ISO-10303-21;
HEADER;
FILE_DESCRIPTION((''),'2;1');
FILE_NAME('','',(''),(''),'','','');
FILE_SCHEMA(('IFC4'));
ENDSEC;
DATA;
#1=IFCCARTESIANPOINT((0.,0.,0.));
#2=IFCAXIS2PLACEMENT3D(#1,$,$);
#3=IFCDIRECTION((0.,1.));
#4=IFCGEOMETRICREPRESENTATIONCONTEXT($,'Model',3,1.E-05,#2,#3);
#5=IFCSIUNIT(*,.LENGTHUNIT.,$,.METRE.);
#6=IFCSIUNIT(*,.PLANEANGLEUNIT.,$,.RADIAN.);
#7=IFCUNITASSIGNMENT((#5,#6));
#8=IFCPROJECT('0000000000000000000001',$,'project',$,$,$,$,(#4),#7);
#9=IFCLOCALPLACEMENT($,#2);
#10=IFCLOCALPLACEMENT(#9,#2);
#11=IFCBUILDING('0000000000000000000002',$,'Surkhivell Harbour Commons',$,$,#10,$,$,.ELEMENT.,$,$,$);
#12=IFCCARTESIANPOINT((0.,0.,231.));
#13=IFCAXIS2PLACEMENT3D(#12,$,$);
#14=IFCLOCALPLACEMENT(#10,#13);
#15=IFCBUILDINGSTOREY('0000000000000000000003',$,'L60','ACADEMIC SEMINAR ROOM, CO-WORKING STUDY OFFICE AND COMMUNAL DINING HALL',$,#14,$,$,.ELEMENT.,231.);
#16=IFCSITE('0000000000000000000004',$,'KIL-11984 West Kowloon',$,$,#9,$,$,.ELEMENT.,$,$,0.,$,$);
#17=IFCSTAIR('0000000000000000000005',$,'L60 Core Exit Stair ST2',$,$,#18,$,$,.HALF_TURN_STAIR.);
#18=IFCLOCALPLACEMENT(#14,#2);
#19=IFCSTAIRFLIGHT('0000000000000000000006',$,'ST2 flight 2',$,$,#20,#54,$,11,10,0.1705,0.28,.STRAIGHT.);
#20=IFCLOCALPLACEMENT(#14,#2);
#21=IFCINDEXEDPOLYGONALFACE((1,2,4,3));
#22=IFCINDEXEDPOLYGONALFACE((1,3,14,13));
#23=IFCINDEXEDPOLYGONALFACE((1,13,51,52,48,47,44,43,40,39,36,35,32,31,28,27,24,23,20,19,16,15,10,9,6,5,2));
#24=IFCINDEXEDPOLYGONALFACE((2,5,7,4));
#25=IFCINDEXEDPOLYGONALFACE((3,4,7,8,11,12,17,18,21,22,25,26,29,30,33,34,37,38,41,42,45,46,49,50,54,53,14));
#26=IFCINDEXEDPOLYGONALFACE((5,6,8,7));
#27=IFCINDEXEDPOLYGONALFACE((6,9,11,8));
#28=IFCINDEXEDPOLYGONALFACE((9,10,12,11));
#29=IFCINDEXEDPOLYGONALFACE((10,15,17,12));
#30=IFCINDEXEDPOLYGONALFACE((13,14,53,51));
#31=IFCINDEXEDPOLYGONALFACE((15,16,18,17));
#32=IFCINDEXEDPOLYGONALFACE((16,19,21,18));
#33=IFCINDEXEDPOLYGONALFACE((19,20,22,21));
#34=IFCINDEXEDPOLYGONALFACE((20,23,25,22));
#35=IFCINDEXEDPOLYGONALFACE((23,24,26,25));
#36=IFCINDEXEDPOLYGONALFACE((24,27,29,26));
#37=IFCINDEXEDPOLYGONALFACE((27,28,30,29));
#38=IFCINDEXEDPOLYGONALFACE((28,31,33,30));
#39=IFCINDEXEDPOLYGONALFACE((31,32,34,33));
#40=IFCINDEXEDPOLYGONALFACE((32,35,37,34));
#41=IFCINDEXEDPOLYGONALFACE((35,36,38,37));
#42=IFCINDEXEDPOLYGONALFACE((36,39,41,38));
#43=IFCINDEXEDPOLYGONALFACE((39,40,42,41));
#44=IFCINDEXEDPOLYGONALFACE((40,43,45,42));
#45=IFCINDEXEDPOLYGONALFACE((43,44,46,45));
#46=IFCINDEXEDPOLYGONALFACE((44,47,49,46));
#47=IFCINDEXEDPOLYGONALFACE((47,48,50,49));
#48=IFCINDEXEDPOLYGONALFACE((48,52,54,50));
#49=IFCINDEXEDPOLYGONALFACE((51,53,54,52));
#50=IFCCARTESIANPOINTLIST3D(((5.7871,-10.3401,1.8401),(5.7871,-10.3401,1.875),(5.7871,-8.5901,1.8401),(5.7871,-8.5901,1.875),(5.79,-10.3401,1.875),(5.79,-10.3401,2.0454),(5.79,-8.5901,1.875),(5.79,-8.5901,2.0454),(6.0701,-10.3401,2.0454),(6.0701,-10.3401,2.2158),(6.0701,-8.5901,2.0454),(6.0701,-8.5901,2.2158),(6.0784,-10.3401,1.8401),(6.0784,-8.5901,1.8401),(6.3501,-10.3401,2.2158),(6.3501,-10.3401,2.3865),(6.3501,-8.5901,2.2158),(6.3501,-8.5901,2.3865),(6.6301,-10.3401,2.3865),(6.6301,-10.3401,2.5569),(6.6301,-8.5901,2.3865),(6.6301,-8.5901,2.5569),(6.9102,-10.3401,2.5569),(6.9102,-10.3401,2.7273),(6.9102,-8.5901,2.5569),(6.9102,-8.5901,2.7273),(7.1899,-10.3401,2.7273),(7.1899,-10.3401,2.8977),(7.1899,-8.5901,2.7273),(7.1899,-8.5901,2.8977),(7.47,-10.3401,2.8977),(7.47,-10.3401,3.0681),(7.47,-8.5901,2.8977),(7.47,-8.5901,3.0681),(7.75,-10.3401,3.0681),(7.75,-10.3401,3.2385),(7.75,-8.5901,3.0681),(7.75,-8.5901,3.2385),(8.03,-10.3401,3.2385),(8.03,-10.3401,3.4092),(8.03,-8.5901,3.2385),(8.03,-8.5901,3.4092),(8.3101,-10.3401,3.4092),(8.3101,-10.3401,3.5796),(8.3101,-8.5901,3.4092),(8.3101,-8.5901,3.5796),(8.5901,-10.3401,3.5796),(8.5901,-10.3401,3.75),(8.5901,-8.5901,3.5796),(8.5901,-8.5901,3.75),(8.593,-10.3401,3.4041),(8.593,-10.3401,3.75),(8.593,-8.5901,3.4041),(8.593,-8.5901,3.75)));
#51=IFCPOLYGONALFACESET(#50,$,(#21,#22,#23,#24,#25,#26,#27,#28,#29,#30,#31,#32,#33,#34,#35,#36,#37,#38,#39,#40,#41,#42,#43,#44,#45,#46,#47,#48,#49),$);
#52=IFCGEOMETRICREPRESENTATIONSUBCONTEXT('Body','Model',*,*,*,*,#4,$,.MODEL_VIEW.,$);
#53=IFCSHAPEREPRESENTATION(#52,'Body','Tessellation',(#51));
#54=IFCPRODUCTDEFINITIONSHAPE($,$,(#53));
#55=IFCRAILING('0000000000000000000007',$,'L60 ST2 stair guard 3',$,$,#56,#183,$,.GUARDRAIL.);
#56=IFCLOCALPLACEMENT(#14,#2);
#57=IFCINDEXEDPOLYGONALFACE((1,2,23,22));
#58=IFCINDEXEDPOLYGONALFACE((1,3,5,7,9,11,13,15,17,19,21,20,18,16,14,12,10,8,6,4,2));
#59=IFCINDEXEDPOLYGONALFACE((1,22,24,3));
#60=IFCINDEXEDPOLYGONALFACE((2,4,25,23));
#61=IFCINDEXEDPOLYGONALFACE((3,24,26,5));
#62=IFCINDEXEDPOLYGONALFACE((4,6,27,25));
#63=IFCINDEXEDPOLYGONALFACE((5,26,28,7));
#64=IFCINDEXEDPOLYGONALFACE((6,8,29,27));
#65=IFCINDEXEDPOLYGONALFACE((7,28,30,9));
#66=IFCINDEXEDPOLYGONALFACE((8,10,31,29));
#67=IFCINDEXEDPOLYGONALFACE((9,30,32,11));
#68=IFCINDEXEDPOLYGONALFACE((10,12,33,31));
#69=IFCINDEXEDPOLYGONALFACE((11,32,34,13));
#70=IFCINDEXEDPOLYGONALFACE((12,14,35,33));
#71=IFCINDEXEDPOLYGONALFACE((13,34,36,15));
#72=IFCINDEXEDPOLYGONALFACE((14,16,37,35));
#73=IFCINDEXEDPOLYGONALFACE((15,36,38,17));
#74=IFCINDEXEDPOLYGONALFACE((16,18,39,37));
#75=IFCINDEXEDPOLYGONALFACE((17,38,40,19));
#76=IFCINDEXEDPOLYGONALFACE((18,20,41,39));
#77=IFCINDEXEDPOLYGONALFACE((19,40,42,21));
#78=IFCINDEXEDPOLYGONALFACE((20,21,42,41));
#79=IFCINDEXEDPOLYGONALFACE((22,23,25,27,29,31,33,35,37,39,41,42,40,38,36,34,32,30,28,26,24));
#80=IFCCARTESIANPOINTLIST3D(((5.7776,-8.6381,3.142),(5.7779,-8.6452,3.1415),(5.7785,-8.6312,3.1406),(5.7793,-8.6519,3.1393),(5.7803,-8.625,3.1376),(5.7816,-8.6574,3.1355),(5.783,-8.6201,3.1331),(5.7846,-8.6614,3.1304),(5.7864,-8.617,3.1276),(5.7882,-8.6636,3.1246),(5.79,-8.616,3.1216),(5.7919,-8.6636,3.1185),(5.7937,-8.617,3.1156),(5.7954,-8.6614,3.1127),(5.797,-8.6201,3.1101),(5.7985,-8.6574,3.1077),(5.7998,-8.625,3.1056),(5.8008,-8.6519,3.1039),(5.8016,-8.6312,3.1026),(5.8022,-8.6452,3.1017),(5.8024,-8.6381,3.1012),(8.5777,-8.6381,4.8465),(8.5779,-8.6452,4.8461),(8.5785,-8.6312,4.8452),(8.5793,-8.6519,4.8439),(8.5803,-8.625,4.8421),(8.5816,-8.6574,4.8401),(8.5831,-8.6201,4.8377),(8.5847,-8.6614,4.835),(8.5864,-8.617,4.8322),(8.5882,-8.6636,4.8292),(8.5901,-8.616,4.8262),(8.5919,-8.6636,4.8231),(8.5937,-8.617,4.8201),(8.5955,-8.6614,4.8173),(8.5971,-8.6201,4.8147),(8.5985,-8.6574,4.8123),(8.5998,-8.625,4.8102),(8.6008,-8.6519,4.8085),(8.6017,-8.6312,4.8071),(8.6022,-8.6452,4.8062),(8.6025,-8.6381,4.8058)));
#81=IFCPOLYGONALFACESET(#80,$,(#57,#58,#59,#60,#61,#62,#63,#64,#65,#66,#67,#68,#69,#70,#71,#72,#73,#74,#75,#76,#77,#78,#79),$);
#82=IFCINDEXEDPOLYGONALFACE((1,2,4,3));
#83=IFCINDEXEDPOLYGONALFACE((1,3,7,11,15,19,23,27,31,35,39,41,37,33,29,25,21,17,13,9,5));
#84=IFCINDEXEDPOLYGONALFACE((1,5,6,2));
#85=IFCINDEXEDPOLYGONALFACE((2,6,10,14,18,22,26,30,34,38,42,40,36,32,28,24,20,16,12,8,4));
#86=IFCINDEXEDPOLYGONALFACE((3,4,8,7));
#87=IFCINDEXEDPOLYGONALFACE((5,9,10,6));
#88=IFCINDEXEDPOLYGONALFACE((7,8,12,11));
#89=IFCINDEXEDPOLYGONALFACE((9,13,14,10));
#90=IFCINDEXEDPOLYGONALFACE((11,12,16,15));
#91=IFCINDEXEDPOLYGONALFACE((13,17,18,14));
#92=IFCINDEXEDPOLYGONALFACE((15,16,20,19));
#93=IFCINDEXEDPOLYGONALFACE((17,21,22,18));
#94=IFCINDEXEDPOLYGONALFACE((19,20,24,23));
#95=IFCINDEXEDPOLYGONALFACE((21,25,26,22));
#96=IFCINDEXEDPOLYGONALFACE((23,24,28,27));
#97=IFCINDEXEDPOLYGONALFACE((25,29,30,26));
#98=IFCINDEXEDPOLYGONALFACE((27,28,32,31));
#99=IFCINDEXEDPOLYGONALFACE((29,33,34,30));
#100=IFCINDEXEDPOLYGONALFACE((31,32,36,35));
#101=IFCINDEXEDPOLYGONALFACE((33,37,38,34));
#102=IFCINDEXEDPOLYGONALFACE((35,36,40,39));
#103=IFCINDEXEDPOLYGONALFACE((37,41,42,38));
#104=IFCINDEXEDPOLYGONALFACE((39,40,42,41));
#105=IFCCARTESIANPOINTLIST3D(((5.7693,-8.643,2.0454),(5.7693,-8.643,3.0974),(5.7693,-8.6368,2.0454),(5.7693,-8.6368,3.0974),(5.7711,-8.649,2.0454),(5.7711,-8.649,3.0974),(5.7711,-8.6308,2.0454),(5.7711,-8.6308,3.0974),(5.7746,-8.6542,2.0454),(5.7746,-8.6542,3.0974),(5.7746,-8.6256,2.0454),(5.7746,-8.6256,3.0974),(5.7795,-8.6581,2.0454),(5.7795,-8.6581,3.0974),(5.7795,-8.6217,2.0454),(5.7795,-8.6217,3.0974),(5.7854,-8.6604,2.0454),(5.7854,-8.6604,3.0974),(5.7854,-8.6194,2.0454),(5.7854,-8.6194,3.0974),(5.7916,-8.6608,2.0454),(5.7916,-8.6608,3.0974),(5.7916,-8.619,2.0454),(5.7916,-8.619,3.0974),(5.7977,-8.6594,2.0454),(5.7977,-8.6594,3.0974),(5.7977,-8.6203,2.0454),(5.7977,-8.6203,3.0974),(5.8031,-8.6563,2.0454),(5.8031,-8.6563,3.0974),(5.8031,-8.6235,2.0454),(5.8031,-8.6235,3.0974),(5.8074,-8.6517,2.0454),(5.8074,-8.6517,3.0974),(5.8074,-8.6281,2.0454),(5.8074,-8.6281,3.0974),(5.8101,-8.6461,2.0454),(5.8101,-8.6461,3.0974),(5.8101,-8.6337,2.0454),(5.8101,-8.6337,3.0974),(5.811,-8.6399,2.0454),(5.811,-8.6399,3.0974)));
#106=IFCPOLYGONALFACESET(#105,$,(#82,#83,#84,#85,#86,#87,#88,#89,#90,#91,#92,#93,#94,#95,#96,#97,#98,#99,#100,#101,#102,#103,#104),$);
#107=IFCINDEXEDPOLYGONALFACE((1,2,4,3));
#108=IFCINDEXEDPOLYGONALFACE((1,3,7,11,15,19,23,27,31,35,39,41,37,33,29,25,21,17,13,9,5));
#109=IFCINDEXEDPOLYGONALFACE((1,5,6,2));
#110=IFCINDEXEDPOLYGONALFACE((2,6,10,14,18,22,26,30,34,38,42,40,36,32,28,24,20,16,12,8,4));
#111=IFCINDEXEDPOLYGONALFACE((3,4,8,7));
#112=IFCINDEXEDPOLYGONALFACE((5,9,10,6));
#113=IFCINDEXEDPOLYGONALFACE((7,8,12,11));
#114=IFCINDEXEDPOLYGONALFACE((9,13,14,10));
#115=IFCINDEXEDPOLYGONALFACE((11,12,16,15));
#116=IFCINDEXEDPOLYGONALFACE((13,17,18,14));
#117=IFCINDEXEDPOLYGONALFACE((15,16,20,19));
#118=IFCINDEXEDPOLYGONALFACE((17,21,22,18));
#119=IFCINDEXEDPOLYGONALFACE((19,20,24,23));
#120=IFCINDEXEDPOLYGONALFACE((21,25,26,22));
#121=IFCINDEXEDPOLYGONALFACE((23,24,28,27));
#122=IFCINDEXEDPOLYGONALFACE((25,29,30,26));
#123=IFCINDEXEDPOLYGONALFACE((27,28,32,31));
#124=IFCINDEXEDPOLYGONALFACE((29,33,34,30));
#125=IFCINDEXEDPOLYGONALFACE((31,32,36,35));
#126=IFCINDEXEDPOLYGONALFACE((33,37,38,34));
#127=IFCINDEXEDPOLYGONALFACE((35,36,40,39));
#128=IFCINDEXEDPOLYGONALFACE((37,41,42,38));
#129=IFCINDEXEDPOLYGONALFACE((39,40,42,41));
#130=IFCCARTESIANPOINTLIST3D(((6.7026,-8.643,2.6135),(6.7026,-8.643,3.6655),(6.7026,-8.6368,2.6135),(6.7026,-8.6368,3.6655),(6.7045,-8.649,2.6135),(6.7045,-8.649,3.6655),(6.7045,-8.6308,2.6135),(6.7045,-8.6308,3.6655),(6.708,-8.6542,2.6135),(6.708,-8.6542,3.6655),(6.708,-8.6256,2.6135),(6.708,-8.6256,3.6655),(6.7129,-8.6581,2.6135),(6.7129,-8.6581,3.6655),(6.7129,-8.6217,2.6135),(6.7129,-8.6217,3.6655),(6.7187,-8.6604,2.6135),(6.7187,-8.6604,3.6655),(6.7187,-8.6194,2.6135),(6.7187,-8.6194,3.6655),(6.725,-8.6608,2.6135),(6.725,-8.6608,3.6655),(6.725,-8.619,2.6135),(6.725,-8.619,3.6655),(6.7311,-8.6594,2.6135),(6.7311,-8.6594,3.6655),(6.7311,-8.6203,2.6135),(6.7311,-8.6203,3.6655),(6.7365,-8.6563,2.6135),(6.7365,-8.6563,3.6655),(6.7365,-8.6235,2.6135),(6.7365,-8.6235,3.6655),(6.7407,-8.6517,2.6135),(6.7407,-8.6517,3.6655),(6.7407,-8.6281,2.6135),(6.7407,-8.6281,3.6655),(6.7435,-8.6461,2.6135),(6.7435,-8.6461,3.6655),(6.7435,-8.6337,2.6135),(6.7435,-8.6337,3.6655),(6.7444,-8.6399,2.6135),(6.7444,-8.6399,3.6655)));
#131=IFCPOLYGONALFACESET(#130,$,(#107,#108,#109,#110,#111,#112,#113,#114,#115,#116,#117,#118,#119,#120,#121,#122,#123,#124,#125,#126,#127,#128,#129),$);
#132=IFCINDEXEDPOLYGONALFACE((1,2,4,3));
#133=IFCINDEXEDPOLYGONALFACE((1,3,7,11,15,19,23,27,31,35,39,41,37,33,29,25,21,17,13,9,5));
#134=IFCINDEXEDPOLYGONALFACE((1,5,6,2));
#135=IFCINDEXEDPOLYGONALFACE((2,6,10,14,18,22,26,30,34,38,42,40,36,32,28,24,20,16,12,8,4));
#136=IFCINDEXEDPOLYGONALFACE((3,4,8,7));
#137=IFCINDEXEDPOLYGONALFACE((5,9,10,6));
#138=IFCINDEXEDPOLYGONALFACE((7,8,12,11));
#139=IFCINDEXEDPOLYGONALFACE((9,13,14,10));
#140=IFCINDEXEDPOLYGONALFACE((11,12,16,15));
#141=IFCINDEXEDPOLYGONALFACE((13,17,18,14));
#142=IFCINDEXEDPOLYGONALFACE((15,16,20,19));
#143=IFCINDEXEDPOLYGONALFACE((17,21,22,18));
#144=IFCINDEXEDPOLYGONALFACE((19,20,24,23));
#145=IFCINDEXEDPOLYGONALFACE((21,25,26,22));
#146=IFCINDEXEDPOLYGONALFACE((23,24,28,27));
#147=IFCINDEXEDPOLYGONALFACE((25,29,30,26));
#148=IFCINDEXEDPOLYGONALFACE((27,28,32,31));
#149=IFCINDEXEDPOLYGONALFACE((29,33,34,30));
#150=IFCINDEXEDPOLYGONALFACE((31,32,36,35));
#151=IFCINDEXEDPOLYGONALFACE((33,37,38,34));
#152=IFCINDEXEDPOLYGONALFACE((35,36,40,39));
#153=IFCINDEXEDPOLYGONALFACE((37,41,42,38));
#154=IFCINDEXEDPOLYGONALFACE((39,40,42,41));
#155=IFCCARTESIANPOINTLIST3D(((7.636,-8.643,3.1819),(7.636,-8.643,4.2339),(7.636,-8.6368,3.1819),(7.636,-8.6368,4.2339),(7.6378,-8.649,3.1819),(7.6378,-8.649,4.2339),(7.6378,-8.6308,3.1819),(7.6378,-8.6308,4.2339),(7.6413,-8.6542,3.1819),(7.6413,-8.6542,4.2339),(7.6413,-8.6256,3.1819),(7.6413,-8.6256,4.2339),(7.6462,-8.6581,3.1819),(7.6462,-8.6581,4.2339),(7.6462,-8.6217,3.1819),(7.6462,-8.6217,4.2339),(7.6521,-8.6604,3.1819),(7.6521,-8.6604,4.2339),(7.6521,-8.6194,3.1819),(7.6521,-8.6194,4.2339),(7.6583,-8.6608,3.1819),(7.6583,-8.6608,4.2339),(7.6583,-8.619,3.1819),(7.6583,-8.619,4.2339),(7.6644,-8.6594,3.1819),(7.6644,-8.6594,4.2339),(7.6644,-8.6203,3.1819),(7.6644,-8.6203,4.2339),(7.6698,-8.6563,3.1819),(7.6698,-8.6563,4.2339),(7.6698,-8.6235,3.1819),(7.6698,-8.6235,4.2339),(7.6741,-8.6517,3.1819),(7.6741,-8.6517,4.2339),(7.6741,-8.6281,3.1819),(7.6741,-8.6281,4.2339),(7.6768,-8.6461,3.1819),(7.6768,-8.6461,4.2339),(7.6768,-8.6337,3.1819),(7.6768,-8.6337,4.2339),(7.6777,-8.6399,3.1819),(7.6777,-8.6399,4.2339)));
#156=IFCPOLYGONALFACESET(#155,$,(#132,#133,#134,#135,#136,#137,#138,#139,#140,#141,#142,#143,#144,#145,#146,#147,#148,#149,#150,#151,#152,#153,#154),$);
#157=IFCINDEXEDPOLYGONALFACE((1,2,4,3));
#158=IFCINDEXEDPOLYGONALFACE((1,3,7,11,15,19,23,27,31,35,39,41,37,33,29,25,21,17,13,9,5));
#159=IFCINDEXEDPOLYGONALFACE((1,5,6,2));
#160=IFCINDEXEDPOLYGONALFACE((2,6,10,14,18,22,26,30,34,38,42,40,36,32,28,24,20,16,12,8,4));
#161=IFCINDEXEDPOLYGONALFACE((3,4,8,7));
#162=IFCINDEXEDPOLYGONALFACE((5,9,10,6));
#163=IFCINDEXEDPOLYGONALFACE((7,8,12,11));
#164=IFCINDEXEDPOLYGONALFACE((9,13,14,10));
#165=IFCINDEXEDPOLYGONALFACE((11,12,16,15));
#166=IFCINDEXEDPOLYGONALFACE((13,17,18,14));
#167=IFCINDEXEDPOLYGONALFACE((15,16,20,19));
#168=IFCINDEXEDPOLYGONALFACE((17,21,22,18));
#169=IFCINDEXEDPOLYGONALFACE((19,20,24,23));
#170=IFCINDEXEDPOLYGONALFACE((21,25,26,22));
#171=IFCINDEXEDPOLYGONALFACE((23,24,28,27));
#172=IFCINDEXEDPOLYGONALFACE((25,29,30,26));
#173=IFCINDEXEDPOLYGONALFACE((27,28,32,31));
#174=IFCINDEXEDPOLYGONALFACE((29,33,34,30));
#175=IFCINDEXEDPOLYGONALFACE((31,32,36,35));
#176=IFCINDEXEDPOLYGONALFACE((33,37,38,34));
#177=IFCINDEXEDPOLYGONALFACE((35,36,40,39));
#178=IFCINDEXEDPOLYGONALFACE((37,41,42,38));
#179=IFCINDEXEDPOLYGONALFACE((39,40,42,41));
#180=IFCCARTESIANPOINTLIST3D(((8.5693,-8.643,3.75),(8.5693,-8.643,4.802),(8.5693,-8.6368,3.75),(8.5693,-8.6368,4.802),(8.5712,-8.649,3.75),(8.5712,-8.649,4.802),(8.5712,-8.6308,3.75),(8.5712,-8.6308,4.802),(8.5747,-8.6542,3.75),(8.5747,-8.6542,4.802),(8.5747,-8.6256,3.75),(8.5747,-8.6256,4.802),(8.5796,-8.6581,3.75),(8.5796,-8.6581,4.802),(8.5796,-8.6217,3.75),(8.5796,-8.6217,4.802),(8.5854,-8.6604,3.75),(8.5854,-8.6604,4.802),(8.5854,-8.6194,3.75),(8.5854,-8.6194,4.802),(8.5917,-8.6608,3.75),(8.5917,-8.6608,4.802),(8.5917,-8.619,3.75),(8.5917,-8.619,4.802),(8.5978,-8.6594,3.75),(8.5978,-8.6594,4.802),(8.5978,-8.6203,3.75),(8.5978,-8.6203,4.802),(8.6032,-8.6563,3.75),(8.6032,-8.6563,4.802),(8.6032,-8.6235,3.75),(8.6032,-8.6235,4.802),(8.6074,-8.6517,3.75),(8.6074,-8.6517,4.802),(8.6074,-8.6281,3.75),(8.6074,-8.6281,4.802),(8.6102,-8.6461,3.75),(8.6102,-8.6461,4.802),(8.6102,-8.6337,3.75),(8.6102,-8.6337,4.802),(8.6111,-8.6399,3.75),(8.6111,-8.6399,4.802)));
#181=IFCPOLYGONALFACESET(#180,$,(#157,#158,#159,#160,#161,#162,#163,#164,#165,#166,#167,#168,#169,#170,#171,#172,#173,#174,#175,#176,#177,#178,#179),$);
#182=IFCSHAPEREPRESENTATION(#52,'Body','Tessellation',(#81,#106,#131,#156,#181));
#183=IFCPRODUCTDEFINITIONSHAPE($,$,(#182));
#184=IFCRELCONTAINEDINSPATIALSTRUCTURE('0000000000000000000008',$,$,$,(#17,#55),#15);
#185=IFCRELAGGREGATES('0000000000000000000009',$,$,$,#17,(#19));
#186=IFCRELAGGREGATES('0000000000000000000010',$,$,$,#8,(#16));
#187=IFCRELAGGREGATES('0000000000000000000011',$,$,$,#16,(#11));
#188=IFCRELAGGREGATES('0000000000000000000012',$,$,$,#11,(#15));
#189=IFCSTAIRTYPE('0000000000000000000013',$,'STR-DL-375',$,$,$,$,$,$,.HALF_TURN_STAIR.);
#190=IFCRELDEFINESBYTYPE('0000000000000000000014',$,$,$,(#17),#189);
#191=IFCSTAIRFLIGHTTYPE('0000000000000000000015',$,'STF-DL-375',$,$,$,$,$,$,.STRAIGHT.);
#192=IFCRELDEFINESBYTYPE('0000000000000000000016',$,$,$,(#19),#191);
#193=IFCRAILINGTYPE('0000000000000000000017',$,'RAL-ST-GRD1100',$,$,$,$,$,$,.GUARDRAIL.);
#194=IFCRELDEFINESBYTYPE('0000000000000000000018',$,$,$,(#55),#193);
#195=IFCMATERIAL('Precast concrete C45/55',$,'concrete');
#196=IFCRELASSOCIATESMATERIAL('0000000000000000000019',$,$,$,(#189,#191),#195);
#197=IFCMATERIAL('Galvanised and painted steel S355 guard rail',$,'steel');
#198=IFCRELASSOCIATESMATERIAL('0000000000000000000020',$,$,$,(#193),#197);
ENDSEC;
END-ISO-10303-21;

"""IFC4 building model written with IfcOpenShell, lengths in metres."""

from ifc_helpers import new_model, si_unit, direction, frame, origin, origin_2d, place, context, subcontext, project, spatial, polyline, circle, outline, extrude, material, type_object, element, aggregate, save


model = new_model("IFC4")

# Units and contexts
model_context = context("Model", 3, precision=1e-05, world=origin(), true_north=direction((0.0, 1.0)))
body_context = subcontext(model_context, "Body", "Model", "MODEL_VIEW")
ifc_project = project(units=[si_unit("LENGTHUNIT", "METRE"), si_unit("PLANEANGLEUNIT", "RADIAN")], contexts=[model_context])

# Site, building, storey
site_placement = place(None, origin())
site = spatial("IfcSite", under=ifc_project, at=site_placement, Name="KIL-11984 West Kowloon", CompositionType="ELEMENT", RefElevation=0.0)
building_placement = place(site_placement, origin())
building = spatial("IfcBuilding", under=site, at=building_placement, Name="Surkhivell Harbour Commons", CompositionType="ELEMENT")
storey_placement = place(building_placement, frame((0.0, 0.0, 231.0)))
storey = spatial("IfcBuildingStorey", under=building, at=storey_placement, Name="L60", Description="ACADEMIC SEMINAR ROOM, CO-WORKING STUDY OFFICE AND COMMUNAL DINING HALL", CompositionType="ELEMENT", Elevation=231.0)

# Stair, stair flight
ifc_material_1 = material(Name="Precast concrete C45/55", Category="concrete")
stair_type = type_object("IfcStairType", Name="STR-DL-375", PredefinedType="HALF_TURN_STAIR", material=ifc_material_1)
stair_placement = place(storey_placement, origin())
stair = element("IfcStair", 1, at=stair_placement, inside=storey, type_object=stair_type, Name="L60 Core Exit Stair ST2", PredefinedType="HALF_TURN_STAIR")
stair_flight_type = type_object("IfcStairFlightType", Name="STF-DL-375", PredefinedType="STRAIGHT", material=ifc_material_1)
stair_flight_placement = place(storey_placement, frame((5.79, -9.4651, 1.875), z_axis=(0.0, 0.0, 1.0), x_axis=(1.0, 0.0, 0.0)))
stair_flight = element("IfcStairFlight", 2, at=stair_flight_placement, type_object=stair_flight_type, Name="ST2 flight 2", NumberOfRisers=11, NumberOfTreads=10, PredefinedType="STRAIGHT", RiserHeight=0.1705, TreadLength=0.28, context=body_context, shape_type="SweptSolid", body=[
    extrude(outline(polyline([(-0.0029, -0.0349), (-0.0029, 0.0), (0.0, 0.0), (0.0, 0.1704), (0.28, 0.1704), (0.28, 0.3408), (0.5601, 0.3408), (0.5601, 0.5115), (0.8401, 0.5115), (0.8401, 0.6819), (1.1201, 0.6819), (1.1201, 0.8523), (1.3999, 0.8523), (1.3999, 1.0227), (1.6799, 1.0227), (1.6799, 1.1931), (1.96, 1.1931), (1.96, 1.3635), (2.24, 1.3635), (2.24, 1.5342), (2.52, 1.5342), (2.52, 1.7046), (2.8, 1.7046), (2.8, 1.875), (2.803, 1.875), (2.803, 1.5291), (0.2883, -0.0349), (-0.0029, -0.0349)])), frame((0.0, 0.875, 0.0), z_axis=(0.0, -1.0, 0.0), x_axis=(1.0, 0.0, 0.0)), (0.0, 0.0, 1.0), 1.75),
])
aggregate(stair, [stair_flight])

# Railing
ifc_material_2 = material(Name="Galvanised and painted steel S355 guard rail", Category="steel")
railing_type = type_object("IfcRailingType", Name="RAL-ST-GRD1100", PredefinedType="GUARDRAIL", material=ifc_material_2)
railing_1_placement = place(storey_placement, frame((5.79, -8.6399, 2.0454)))
element("IfcRailing", 3, at=railing_1_placement, inside=storey, type_object=railing_type, Name="L60 ST2 stair guard 3", PredefinedType="GUARDRAIL", context=body_context, shape_type="SweptSolid", body=[
    extrude(circle(Radius=0.0239, at=origin_2d()), frame((0.0, 0.0, 1.0762), z_axis=(0.85417, 0.0, 0.519994), x_axis=(0.0, 1.0, 0.0)), (0.0, 0.0, 1.0), 3.2781),
    extrude(circle(Radius=0.021, at=origin_2d()), origin(), (0.0, 0.0, 1.0), 1.052),
    extrude(circle(Radius=0.021, at=origin_2d()), frame((0.9333, 0.0, 0.5681)), (0.0, 0.0, 1.0), 1.052),
    extrude(circle(Radius=0.021, at=origin_2d()), frame((1.8667, 0.0, 1.1365)), (0.0, 0.0, 1.0), 1.052),
    extrude(circle(Radius=0.021, at=origin_2d()), frame((2.8, 0.0, 1.7046)), (0.0, 0.0, 1.0), 1.052),
])

save(model, "model.ifc")
